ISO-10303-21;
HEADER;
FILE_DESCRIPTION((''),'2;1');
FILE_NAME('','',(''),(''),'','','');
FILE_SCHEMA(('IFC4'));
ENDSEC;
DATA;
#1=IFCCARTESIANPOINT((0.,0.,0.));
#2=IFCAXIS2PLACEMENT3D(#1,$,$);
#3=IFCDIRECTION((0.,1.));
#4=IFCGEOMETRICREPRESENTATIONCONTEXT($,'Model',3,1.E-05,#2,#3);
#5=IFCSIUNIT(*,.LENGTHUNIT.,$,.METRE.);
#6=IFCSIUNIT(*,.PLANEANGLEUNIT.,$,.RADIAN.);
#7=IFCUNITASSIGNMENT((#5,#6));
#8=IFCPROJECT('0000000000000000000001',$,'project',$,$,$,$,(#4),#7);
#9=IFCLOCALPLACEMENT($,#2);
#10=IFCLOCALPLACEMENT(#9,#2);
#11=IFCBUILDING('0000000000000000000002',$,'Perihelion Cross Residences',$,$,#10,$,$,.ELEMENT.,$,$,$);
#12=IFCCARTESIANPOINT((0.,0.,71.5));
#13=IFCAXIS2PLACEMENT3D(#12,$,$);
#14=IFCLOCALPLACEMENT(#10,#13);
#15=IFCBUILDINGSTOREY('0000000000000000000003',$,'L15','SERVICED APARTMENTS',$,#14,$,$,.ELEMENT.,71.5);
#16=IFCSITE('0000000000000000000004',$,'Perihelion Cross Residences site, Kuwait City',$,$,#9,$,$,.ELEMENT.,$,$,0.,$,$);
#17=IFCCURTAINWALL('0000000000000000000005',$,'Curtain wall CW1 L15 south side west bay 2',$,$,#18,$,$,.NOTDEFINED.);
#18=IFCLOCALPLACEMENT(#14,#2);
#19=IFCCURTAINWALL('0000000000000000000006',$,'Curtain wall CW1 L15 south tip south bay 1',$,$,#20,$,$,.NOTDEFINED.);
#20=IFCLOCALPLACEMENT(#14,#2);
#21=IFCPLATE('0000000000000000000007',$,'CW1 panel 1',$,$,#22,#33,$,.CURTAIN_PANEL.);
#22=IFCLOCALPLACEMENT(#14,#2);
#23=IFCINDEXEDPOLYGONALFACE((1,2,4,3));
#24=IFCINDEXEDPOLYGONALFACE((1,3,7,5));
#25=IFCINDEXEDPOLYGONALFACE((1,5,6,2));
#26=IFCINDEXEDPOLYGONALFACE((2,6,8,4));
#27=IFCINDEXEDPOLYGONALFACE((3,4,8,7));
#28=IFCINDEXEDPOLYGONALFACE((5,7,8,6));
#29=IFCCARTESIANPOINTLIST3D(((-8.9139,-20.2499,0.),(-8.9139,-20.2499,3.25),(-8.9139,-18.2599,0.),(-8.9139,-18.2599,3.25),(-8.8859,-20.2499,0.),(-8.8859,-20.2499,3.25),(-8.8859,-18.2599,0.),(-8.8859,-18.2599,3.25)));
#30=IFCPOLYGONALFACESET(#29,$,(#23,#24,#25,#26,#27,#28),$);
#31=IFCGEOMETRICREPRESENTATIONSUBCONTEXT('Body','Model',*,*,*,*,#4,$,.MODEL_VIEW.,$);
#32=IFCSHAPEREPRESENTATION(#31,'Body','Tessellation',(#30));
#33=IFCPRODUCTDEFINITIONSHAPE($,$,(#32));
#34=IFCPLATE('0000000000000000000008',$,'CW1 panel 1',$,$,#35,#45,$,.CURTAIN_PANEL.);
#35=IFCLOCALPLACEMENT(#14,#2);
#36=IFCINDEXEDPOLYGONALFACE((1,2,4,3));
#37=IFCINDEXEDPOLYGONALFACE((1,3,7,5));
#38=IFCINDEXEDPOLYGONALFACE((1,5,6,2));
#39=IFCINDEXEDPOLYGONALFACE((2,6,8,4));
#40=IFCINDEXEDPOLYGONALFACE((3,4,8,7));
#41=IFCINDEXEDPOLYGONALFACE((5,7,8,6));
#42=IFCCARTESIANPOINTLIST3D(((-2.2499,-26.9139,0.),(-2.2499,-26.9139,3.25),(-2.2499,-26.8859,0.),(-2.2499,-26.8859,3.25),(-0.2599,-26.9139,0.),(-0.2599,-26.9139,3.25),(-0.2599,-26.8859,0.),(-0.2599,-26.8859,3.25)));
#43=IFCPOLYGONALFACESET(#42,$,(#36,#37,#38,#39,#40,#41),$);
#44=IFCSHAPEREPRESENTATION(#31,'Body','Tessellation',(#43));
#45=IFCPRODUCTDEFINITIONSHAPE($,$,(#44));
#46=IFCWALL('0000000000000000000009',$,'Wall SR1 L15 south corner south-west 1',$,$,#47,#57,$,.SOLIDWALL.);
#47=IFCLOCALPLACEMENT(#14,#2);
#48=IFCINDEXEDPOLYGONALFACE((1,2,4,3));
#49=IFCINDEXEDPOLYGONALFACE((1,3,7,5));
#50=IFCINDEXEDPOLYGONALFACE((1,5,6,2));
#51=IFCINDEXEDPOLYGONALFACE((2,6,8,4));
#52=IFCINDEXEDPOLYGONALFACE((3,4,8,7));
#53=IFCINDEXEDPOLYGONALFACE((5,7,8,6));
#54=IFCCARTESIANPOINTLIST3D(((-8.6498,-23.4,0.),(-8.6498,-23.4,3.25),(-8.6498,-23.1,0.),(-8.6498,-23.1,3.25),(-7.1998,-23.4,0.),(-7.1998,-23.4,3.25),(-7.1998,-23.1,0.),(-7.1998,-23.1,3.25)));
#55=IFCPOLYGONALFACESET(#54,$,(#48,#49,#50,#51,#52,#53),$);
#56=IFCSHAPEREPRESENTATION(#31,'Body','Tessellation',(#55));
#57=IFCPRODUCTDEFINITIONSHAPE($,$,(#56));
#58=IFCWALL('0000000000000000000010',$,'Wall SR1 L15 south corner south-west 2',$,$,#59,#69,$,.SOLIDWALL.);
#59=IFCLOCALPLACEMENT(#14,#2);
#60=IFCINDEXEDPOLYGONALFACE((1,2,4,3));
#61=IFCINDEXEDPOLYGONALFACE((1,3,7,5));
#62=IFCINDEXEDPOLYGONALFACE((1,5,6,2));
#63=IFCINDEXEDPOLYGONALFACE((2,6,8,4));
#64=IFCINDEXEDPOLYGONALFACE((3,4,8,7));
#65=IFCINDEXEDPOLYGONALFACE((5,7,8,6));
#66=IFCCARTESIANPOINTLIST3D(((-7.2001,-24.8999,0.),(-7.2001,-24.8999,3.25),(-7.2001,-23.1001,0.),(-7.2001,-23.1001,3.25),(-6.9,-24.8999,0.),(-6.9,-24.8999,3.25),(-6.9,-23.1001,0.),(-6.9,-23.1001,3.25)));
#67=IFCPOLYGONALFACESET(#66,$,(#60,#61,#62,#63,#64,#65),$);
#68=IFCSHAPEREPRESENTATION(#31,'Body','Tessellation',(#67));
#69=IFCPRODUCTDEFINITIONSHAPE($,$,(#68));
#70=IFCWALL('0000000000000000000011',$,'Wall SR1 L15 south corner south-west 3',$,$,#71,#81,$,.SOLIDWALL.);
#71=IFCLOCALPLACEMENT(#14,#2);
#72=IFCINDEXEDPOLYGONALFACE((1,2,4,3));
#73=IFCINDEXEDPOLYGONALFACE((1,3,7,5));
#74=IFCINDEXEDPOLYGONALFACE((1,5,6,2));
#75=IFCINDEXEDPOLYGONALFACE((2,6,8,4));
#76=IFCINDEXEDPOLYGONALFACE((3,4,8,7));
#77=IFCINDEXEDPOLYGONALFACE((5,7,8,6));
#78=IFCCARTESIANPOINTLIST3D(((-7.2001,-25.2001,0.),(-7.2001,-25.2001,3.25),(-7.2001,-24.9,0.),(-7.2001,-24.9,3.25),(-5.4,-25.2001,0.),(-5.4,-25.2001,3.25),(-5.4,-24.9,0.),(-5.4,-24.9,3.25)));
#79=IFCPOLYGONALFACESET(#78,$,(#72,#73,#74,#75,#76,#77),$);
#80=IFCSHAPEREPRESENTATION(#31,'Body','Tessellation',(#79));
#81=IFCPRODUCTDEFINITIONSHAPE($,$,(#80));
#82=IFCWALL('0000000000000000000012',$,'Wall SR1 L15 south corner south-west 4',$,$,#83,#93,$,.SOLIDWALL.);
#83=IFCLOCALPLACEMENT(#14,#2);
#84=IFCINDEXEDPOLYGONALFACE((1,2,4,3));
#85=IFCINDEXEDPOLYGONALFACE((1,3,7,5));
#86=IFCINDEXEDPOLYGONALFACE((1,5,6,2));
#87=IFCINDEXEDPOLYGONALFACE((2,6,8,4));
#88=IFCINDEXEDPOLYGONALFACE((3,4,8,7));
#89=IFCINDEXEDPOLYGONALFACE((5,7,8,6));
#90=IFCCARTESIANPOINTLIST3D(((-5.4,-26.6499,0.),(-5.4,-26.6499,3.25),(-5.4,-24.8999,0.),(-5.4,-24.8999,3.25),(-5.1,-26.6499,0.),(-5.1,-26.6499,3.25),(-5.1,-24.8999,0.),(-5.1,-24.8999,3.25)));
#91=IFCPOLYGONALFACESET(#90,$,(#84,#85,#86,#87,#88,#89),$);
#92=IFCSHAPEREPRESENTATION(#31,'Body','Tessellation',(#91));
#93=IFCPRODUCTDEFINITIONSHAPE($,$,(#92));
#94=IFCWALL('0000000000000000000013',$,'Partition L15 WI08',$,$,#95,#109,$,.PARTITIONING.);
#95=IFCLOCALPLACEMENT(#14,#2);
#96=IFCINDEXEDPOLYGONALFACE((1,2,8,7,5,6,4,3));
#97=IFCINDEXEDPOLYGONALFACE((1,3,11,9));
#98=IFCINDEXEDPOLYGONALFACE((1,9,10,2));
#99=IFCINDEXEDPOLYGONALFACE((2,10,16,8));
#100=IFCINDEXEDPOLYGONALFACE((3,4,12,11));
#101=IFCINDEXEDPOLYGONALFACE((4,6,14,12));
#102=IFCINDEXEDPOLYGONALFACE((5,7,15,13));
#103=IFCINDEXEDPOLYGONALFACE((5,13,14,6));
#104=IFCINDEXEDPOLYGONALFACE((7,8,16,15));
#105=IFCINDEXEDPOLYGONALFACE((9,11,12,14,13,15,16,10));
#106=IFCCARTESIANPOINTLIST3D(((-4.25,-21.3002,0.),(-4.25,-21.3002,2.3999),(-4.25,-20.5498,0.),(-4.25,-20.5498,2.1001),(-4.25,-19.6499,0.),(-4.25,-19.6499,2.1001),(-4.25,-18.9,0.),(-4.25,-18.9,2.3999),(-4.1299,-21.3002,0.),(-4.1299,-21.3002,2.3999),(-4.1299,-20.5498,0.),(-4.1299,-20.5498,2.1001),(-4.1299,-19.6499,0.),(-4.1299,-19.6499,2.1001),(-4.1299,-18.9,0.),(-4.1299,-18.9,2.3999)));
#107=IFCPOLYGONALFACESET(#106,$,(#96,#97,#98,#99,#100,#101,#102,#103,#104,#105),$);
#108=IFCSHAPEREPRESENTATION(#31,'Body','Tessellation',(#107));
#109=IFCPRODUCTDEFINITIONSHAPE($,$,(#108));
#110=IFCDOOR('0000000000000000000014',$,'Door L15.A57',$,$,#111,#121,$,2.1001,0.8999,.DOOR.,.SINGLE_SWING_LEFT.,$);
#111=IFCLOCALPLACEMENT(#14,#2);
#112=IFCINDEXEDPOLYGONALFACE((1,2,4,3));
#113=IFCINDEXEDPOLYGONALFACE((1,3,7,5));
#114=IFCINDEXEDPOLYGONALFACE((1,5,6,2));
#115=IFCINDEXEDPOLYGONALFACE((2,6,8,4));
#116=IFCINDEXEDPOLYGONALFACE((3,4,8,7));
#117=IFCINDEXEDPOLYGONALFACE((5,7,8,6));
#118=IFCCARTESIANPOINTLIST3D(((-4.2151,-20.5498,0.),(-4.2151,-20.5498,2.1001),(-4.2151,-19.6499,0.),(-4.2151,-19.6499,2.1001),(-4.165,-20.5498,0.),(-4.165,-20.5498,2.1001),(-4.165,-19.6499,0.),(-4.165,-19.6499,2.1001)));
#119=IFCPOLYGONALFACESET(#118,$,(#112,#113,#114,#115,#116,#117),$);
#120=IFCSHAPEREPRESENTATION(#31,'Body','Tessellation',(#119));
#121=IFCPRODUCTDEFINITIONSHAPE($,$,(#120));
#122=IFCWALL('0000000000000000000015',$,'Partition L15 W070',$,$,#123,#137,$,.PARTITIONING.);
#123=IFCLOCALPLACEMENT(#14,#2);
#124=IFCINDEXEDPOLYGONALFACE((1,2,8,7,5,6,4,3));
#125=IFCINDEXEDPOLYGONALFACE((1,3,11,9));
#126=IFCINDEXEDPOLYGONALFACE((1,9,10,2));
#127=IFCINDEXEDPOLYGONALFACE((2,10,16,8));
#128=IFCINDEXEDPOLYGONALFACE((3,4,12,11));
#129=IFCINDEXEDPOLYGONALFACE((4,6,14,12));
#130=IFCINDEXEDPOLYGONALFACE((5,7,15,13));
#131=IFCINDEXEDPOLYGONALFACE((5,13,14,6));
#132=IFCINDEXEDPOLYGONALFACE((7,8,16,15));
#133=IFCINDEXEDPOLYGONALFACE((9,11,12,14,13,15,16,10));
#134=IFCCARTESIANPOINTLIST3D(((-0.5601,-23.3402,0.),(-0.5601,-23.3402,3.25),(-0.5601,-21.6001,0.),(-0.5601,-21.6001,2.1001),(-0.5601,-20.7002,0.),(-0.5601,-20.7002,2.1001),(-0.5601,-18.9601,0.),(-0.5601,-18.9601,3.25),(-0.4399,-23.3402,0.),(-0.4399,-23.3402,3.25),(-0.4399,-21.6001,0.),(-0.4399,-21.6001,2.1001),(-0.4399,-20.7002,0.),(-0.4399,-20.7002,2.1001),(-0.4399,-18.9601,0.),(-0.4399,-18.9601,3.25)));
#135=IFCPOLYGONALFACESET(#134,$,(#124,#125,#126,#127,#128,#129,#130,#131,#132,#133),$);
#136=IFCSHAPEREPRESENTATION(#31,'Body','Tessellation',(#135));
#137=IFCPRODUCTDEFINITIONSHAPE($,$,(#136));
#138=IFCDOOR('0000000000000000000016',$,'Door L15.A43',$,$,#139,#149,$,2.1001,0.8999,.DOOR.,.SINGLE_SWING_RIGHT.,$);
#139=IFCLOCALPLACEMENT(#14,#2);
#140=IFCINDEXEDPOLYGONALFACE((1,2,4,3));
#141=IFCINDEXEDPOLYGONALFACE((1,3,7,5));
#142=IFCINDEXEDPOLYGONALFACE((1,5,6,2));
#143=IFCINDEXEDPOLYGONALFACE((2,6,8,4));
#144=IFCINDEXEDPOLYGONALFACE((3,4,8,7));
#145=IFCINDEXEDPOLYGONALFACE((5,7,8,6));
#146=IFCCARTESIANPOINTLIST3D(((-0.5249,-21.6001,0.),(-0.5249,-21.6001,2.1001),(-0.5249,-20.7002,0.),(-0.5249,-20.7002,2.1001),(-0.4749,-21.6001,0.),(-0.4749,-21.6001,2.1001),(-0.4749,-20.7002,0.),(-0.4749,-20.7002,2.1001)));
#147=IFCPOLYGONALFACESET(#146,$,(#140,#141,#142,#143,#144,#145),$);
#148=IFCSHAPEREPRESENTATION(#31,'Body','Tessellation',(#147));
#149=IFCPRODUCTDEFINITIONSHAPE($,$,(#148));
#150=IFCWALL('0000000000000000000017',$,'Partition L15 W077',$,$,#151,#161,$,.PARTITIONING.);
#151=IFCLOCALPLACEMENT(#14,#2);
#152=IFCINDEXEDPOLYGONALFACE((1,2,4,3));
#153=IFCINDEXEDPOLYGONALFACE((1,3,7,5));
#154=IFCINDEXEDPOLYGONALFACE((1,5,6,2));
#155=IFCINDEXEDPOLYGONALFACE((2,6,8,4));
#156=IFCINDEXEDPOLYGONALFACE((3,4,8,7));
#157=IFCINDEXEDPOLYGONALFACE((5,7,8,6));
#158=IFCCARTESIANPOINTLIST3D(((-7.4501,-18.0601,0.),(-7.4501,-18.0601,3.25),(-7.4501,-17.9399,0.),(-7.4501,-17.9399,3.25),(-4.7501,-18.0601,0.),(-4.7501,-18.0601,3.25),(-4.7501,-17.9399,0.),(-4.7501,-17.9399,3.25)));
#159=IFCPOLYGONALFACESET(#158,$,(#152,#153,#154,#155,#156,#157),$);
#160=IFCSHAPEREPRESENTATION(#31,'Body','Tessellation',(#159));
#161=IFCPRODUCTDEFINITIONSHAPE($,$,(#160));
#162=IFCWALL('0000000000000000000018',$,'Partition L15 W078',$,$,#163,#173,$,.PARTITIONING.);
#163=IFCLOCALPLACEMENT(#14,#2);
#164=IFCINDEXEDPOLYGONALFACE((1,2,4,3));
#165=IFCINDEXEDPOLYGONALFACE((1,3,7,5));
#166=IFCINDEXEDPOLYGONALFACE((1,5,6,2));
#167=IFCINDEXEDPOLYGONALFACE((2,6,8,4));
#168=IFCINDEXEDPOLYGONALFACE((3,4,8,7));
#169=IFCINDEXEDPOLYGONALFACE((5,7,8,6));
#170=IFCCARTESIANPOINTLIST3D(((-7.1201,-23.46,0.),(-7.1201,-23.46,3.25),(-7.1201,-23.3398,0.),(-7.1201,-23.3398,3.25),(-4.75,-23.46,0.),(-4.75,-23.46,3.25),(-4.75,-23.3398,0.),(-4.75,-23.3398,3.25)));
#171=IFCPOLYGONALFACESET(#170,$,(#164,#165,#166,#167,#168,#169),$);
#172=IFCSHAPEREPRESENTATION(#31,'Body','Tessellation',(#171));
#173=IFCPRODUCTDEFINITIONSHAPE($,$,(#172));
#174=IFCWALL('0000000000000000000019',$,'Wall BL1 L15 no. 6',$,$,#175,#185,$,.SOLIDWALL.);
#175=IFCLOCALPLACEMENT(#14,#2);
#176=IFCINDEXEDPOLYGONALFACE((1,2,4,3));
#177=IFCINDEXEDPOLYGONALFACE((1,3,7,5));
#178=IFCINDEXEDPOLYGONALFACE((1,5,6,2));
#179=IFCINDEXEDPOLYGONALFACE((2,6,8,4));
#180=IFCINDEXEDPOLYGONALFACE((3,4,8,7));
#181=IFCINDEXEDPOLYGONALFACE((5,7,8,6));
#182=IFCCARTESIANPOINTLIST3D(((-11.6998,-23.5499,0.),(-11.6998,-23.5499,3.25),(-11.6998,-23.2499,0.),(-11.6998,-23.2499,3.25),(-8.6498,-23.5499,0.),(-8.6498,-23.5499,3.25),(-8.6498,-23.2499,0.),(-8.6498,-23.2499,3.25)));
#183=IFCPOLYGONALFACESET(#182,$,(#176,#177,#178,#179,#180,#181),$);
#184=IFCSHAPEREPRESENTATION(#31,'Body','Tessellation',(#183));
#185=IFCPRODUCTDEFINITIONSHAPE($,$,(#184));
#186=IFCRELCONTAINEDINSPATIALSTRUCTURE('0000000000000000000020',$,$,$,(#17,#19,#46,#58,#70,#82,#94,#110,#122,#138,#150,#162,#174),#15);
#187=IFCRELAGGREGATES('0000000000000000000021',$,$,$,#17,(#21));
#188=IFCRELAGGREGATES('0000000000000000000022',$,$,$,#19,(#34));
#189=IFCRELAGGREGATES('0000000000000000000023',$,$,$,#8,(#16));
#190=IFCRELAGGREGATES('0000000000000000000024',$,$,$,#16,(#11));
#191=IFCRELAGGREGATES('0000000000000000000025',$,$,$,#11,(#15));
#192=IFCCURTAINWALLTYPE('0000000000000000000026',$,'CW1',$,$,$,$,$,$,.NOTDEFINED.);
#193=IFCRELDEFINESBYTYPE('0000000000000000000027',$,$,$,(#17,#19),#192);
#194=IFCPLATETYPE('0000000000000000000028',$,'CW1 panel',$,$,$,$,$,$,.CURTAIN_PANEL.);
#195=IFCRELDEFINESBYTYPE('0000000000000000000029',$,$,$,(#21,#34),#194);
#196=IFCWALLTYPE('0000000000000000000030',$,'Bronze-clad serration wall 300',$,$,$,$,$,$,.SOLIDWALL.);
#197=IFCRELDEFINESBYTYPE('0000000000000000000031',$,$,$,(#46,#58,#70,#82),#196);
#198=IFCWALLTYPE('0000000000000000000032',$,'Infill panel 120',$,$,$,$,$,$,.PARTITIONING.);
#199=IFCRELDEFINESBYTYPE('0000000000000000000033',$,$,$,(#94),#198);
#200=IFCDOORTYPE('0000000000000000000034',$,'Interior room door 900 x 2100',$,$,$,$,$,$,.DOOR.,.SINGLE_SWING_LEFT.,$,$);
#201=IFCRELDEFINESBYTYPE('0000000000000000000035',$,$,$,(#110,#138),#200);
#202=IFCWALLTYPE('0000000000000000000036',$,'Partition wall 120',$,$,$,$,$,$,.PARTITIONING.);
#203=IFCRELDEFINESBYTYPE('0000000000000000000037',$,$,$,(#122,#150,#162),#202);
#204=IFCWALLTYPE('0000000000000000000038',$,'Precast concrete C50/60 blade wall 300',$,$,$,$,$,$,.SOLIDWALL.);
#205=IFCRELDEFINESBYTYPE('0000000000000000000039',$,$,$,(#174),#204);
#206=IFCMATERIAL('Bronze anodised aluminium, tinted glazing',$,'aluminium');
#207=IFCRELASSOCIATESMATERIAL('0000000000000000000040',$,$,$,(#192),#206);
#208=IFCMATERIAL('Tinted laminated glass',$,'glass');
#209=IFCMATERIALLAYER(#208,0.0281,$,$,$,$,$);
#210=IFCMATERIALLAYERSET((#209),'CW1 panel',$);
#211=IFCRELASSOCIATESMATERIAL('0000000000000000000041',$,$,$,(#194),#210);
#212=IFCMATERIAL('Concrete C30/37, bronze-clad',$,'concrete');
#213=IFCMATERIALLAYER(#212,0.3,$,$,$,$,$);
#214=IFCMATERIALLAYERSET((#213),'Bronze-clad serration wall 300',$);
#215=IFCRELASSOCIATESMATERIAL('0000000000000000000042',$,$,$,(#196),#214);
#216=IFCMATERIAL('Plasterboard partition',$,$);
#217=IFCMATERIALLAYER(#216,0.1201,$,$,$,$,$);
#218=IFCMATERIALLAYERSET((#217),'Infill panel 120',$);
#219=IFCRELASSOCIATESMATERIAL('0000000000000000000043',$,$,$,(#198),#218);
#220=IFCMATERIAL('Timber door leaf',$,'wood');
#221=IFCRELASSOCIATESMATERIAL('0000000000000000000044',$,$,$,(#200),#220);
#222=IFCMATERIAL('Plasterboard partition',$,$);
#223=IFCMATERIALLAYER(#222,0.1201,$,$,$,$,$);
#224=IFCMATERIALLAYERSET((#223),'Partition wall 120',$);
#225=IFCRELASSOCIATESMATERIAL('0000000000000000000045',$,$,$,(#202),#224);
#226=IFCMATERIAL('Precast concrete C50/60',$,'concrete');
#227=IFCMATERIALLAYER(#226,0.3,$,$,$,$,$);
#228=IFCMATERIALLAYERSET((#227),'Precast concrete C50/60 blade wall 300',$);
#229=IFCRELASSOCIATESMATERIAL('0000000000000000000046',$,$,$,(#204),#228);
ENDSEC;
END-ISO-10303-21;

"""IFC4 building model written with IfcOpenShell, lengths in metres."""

from ifc_helpers import new_model, si_unit, direction, frame, frame_2d, origin, origin_2d, place, context, subcontext, project, spatial, rectangle, extrude, material, layer, layer_set, type_object, element, fill, aggregate, save


model = new_model("IFC4")

# Units and contexts
model_context = context("Model", 3, precision=1e-05, world=origin(), true_north=direction((0.0, 1.0)))
body_context = subcontext(model_context, "Body", "Model", "MODEL_VIEW")
ifc_project = project(units=[si_unit("LENGTHUNIT", "METRE"), si_unit("PLANEANGLEUNIT", "RADIAN")], contexts=[model_context])

# Site, building, storey
site_placement = place(None, origin())
site = spatial("IfcSite", under=ifc_project, at=site_placement, Name="Perihelion Cross Residences site, Kuwait City", CompositionType="ELEMENT", RefElevation=0.0)
building_placement = place(site_placement, origin())
building = spatial("IfcBuilding", under=site, at=building_placement, Name="Perihelion Cross Residences", CompositionType="ELEMENT")
storey_placement = place(building_placement, frame((0.0, 0.0, 71.5)))
storey = spatial("IfcBuildingStorey", under=building, at=storey_placement, Name="L15", Description="SERVICED APARTMENTS", CompositionType="ELEMENT", Elevation=71.5)

# Curtain walls
ifc_material_1 = material(Name="Bronze anodised aluminium, tinted glazing", Category="aluminium")
curtain_wall_type = type_object("IfcCurtainWallType", Name="CW1", PredefinedType="NOTDEFINED", material=ifc_material_1)
curtain_wall_1_placement = place(storey_placement, origin())
curtain_wall_1 = element("IfcCurtainWall", 1, at=curtain_wall_1_placement, inside=storey, type_object=curtain_wall_type, Name="Curtain wall CW1 L15 south side west bay 2", PredefinedType="NOTDEFINED")
curtain_wall_2_placement = place(storey_placement, origin())
curtain_wall_2 = element("IfcCurtainWall", 2, at=curtain_wall_2_placement, inside=storey, type_object=curtain_wall_type, Name="Curtain wall CW1 L15 south tip south bay 1", PredefinedType="NOTDEFINED")

# Plates
ifc_material_2 = material(Name="Tinted laminated glass", Category="glass")
ifc_layer_1 = layer(ifc_material_2, 0.0281)
ifc_layer_set_1 = layer_set([ifc_layer_1], Name="CW1 panel")
plate_type = type_object("IfcPlateType", Name="CW1 panel", PredefinedType="CURTAIN_PANEL", material=ifc_layer_set_1)
plate_1_placement = place(storey_placement, frame((-8.8999, -19.2549, 0.0), z_axis=(0.0, 0.0, 1.0), x_axis=(0.0, -1.0, 0.0)))
plate_1 = element("IfcPlate", 3, at=plate_1_placement, type_object=plate_type, Name="CW1 panel 1", PredefinedType="CURTAIN_PANEL", context=body_context, shape_type="SweptSolid", body=[
    extrude(rectangle(XDim=1.99, YDim=0.0281, at=origin_2d()), origin(), (0.0, 0.0, 1.0), 3.25),
])
aggregate(curtain_wall_1, [plate_1])
plate_2_placement = place(storey_placement, frame((-1.2549, -26.8999, 0.0), z_axis=(0.0, 0.0, 1.0), x_axis=(1.0, 0.0, 0.0)))
plate_2 = element("IfcPlate", 4, at=plate_2_placement, type_object=plate_type, Name="CW1 panel 1", PredefinedType="CURTAIN_PANEL", context=body_context, shape_type="SweptSolid", body=[
    extrude(rectangle(XDim=1.99, YDim=0.0281, at=origin_2d()), origin(), (0.0, 0.0, 1.0), 3.25),
])
aggregate(curtain_wall_2, [plate_2])

# Walls
ifc_material_3 = material(Name="Concrete C30/37, bronze-clad", Category="concrete")
ifc_layer_2 = layer(ifc_material_3, 0.3)
ifc_layer_set_2 = layer_set([ifc_layer_2], Name="Bronze-clad serration wall 300")
wall_type_1 = type_object("IfcWallType", Name="Bronze-clad serration wall 300", PredefinedType="SOLIDWALL", material=ifc_layer_set_2)
wall_1_placement = place(storey_placement, frame((-8.6499, -23.25, 0.0), z_axis=(0.0, 0.0, 1.0), x_axis=(1.0, 0.0, 0.0)))
element("IfcWall", 5, at=wall_1_placement, inside=storey, type_object=wall_type_1, Name="Wall SR1 L15 south corner south-west 1", PredefinedType="SOLIDWALL", context=body_context, shape_type="SweptSolid", body=[
    extrude(rectangle(XDim=1.45, YDim=0.3, at=frame_2d((0.7251, 0.0))), origin(), (0.0, 0.0, 1.0), 3.25),
])
wall_2_placement = place(storey_placement, frame((-7.05, -23.1001, 0.0), z_axis=(0.0, 0.0, 1.0), x_axis=(0.0, -1.0, 0.0)))
element("IfcWall", 6, at=wall_2_placement, inside=storey, type_object=wall_type_1, Name="Wall SR1 L15 south corner south-west 2", PredefinedType="SOLIDWALL", context=body_context, shape_type="SweptSolid", body=[
    extrude(rectangle(XDim=1.7998, YDim=0.3, at=frame_2d((0.8999, 0.0))), origin(), (0.0, 0.0, 1.0), 3.25),
])
wall_3_placement = place(storey_placement, frame((-7.2, -25.05, 0.0), z_axis=(0.0, 0.0, 1.0), x_axis=(1.0, 0.0, 0.0)))
element("IfcWall", 7, at=wall_3_placement, inside=storey, type_object=wall_type_1, Name="Wall SR1 L15 south corner south-west 3", PredefinedType="SOLIDWALL", context=body_context, shape_type="SweptSolid", body=[
    extrude(rectangle(XDim=1.8, YDim=0.3, at=frame_2d((0.8999, 0.0))), origin(), (0.0, 0.0, 1.0), 3.25),
])
wall_4_placement = place(storey_placement, frame((-5.25, -24.8999, 0.0), z_axis=(0.0, 0.0, 1.0), x_axis=(0.0, -1.0, 0.0)))
element("IfcWall", 8, at=wall_4_placement, inside=storey, type_object=wall_type_1, Name="Wall SR1 L15 south corner south-west 4", PredefinedType="SOLIDWALL", context=body_context, shape_type="SweptSolid", body=[
    extrude(rectangle(XDim=1.75, YDim=0.3, at=frame_2d((0.875, 0.0))), origin(), (0.0, 0.0, 1.0), 3.25),
])

# Walls, openings, doors
ifc_material_4 = material(Name="Plasterboard partition")
ifc_layer_3 = layer(ifc_material_4, 0.1201)
ifc_layer_set_3 = layer_set([ifc_layer_3], Name="Infill panel 120")
wall_type_2 = type_object("IfcWallType", Name="Infill panel 120", PredefinedType="PARTITIONING", material=ifc_layer_set_3)
wall_5_placement = place(storey_placement, frame((-4.1899, -18.8999, 0.0), z_axis=(0.0, 0.0, 1.0), x_axis=(0.0, -1.0, 0.0)))
wall_5 = element("IfcWall", 9, at=wall_5_placement, inside=storey, type_object=wall_type_2, Name="Partition L15 WI08", PredefinedType="PARTITIONING", context=body_context, shape_type="SweptSolid", body=[
    extrude(rectangle(XDim=2.4001, YDim=0.1201, at=frame_2d((1.2002, 0.0))), origin(), (0.0, 0.0, 1.0), 2.3999),
])
opening_1_placement = place(wall_5_placement, frame((0.75, 0.0, 0.0)))
opening_1 = element("IfcOpeningElement", 10, at=opening_1_placement, cuts=wall_5, PredefinedType="OPENING", context=body_context, shape_type="SweptSolid", body=[
    extrude(rectangle(XDim=0.8999, YDim=2.1001, at=frame_2d((0.45, 1.05))), frame((0.0, 0.0701, 0.0), z_axis=(0.0, -1.0, 0.0), x_axis=(1.0, 0.0, 0.0)), (0.0, 0.0, 1.0), 0.1401),
])
ifc_material_5 = material(Name="Timber door leaf", Category="wood")
door_type_1 = type_object("IfcDoorType", Name="Interior room door 900 x 2100", OperationType="SINGLE_SWING_LEFT", PredefinedType="DOOR", material=ifc_material_5)
door_1_placement = place(opening_1_placement, origin())
door_1 = element("IfcDoor", 11, at=door_1_placement, inside=storey, type_object=door_type_1, Name="Door L15.A57", OperationType="SINGLE_SWING_LEFT", OverallHeight=2.1001, OverallWidth=0.8999, PredefinedType="DOOR", context=body_context, shape_type="SweptSolid", body=[
    extrude(rectangle(XDim=0.8999, YDim=2.1001, at=frame_2d((0.45, 1.05))), frame((0.0, 0.0249, 0.0), z_axis=(0.0, -1.0, 0.0), x_axis=(1.0, 0.0, 0.0)), (0.0, 0.0, 1.0), 0.05),
])
fill(opening_1, door_1)
ifc_material_6 = material(Name="Plasterboard partition")
ifc_layer_4 = layer(ifc_material_6, 0.1201)
ifc_layer_set_4 = layer_set([ifc_layer_4], Name="Partition wall 120")
wall_type_3 = type_object("IfcWallType", Name="Partition wall 120", PredefinedType="PARTITIONING", material=ifc_layer_set_4)
wall_6_placement = place(storey_placement, frame((-0.5, -23.3401, 0.0), z_axis=(0.0, 0.0, 1.0), x_axis=(0.0, 1.0, 0.0)))
wall_6 = element("IfcWall", 12, at=wall_6_placement, inside=storey, type_object=wall_type_3, Name="Partition L15 W070", PredefinedType="PARTITIONING", context=body_context, shape_type="SweptSolid", body=[
    extrude(rectangle(XDim=4.3801, YDim=0.1201, at=frame_2d((2.1899, 0.0))), origin(), (0.0, 0.0, 1.0), 3.25),
])
opening_2_placement = place(wall_6_placement, frame((1.74, 0.0, 0.0)))
opening_2 = element("IfcOpeningElement", 13, at=opening_2_placement, cuts=wall_6, PredefinedType="OPENING", context=body_context, shape_type="SweptSolid", body=[
    extrude(rectangle(XDim=0.8999, YDim=2.1001, at=frame_2d((0.45, 1.05))), frame((0.0, 0.0701, 0.0), z_axis=(0.0, -1.0, 0.0), x_axis=(1.0, 0.0, 0.0)), (0.0, 0.0, 1.0), 0.1401),
])
door_2_placement = place(opening_2_placement, origin())
door_2 = element("IfcDoor", 14, at=door_2_placement, inside=storey, type_object=door_type_1, Name="Door L15.A43", OperationType="SINGLE_SWING_RIGHT", OverallHeight=2.1001, OverallWidth=0.8999, PredefinedType="DOOR", context=body_context, shape_type="SweptSolid", body=[
    extrude(rectangle(XDim=0.8999, YDim=2.1001, at=frame_2d((0.45, 1.05))), frame((0.0, 0.0249, 0.0), z_axis=(0.0, -1.0, 0.0), x_axis=(1.0, 0.0, 0.0)), (0.0, 0.0, 1.0), 0.05),
])
fill(opening_2, door_2)

# Walls
wall_7_placement = place(storey_placement, frame((-4.75, -18.0, 0.0), z_axis=(0.0, 0.0, 1.0), x_axis=(-1.0, 0.0, 0.0)))
element("IfcWall", 15, at=wall_7_placement, inside=storey, type_object=wall_type_3, Name="Partition L15 W077", PredefinedType="PARTITIONING", context=body_context, shape_type="SweptSolid", body=[
    extrude(rectangle(XDim=2.7, YDim=0.1201, at=frame_2d((1.3501, 0.0))), origin(), (0.0, 0.0, 1.0), 3.25),
])
wall_8_placement = place(storey_placement, frame((-4.75, -23.3999, 0.0), z_axis=(0.0, 0.0, 1.0), x_axis=(-1.0, 0.0, 0.0)))
element("IfcWall", 16, at=wall_8_placement, inside=storey, type_object=wall_type_3, Name="Partition L15 W078", PredefinedType="PARTITIONING", context=body_context, shape_type="SweptSolid", body=[
    extrude(rectangle(XDim=2.3701, YDim=0.1201, at=frame_2d((1.1851, 0.0))), origin(), (0.0, 0.0, 1.0), 3.25),
])
ifc_material_7 = material(Name="Precast concrete C50/60", Category="concrete")
ifc_layer_5 = layer(ifc_material_7, 0.3)
ifc_layer_set_5 = layer_set([ifc_layer_5], Name="Precast concrete C50/60 blade wall 300")
wall_type_4 = type_object("IfcWallType", Name="Precast concrete C50/60 blade wall 300", PredefinedType="SOLIDWALL", material=ifc_layer_set_5)
for number, where, z_axis, x_axis, name in (
    (17, (-8.6499, -23.3999, 0.0), (0.0, 0.0, 1.0), (-1.0, 0.0, 0.0), "Wall BL1 L15 no. 6"),
):
    element("IfcWall", number, at=place(storey_placement, frame(where, z_axis=z_axis, x_axis=x_axis)), inside=storey, type_object=wall_type_4, Name=name, PredefinedType="SOLIDWALL", context=body_context, shape_type="SweptSolid", body=[
        extrude(rectangle(XDim=3.05, YDim=0.3, at=frame_2d((1.5249, 0.0))), origin(), (0.0, 0.0, 1.0), 3.25),
    ])

save(model, "model.ifc")
